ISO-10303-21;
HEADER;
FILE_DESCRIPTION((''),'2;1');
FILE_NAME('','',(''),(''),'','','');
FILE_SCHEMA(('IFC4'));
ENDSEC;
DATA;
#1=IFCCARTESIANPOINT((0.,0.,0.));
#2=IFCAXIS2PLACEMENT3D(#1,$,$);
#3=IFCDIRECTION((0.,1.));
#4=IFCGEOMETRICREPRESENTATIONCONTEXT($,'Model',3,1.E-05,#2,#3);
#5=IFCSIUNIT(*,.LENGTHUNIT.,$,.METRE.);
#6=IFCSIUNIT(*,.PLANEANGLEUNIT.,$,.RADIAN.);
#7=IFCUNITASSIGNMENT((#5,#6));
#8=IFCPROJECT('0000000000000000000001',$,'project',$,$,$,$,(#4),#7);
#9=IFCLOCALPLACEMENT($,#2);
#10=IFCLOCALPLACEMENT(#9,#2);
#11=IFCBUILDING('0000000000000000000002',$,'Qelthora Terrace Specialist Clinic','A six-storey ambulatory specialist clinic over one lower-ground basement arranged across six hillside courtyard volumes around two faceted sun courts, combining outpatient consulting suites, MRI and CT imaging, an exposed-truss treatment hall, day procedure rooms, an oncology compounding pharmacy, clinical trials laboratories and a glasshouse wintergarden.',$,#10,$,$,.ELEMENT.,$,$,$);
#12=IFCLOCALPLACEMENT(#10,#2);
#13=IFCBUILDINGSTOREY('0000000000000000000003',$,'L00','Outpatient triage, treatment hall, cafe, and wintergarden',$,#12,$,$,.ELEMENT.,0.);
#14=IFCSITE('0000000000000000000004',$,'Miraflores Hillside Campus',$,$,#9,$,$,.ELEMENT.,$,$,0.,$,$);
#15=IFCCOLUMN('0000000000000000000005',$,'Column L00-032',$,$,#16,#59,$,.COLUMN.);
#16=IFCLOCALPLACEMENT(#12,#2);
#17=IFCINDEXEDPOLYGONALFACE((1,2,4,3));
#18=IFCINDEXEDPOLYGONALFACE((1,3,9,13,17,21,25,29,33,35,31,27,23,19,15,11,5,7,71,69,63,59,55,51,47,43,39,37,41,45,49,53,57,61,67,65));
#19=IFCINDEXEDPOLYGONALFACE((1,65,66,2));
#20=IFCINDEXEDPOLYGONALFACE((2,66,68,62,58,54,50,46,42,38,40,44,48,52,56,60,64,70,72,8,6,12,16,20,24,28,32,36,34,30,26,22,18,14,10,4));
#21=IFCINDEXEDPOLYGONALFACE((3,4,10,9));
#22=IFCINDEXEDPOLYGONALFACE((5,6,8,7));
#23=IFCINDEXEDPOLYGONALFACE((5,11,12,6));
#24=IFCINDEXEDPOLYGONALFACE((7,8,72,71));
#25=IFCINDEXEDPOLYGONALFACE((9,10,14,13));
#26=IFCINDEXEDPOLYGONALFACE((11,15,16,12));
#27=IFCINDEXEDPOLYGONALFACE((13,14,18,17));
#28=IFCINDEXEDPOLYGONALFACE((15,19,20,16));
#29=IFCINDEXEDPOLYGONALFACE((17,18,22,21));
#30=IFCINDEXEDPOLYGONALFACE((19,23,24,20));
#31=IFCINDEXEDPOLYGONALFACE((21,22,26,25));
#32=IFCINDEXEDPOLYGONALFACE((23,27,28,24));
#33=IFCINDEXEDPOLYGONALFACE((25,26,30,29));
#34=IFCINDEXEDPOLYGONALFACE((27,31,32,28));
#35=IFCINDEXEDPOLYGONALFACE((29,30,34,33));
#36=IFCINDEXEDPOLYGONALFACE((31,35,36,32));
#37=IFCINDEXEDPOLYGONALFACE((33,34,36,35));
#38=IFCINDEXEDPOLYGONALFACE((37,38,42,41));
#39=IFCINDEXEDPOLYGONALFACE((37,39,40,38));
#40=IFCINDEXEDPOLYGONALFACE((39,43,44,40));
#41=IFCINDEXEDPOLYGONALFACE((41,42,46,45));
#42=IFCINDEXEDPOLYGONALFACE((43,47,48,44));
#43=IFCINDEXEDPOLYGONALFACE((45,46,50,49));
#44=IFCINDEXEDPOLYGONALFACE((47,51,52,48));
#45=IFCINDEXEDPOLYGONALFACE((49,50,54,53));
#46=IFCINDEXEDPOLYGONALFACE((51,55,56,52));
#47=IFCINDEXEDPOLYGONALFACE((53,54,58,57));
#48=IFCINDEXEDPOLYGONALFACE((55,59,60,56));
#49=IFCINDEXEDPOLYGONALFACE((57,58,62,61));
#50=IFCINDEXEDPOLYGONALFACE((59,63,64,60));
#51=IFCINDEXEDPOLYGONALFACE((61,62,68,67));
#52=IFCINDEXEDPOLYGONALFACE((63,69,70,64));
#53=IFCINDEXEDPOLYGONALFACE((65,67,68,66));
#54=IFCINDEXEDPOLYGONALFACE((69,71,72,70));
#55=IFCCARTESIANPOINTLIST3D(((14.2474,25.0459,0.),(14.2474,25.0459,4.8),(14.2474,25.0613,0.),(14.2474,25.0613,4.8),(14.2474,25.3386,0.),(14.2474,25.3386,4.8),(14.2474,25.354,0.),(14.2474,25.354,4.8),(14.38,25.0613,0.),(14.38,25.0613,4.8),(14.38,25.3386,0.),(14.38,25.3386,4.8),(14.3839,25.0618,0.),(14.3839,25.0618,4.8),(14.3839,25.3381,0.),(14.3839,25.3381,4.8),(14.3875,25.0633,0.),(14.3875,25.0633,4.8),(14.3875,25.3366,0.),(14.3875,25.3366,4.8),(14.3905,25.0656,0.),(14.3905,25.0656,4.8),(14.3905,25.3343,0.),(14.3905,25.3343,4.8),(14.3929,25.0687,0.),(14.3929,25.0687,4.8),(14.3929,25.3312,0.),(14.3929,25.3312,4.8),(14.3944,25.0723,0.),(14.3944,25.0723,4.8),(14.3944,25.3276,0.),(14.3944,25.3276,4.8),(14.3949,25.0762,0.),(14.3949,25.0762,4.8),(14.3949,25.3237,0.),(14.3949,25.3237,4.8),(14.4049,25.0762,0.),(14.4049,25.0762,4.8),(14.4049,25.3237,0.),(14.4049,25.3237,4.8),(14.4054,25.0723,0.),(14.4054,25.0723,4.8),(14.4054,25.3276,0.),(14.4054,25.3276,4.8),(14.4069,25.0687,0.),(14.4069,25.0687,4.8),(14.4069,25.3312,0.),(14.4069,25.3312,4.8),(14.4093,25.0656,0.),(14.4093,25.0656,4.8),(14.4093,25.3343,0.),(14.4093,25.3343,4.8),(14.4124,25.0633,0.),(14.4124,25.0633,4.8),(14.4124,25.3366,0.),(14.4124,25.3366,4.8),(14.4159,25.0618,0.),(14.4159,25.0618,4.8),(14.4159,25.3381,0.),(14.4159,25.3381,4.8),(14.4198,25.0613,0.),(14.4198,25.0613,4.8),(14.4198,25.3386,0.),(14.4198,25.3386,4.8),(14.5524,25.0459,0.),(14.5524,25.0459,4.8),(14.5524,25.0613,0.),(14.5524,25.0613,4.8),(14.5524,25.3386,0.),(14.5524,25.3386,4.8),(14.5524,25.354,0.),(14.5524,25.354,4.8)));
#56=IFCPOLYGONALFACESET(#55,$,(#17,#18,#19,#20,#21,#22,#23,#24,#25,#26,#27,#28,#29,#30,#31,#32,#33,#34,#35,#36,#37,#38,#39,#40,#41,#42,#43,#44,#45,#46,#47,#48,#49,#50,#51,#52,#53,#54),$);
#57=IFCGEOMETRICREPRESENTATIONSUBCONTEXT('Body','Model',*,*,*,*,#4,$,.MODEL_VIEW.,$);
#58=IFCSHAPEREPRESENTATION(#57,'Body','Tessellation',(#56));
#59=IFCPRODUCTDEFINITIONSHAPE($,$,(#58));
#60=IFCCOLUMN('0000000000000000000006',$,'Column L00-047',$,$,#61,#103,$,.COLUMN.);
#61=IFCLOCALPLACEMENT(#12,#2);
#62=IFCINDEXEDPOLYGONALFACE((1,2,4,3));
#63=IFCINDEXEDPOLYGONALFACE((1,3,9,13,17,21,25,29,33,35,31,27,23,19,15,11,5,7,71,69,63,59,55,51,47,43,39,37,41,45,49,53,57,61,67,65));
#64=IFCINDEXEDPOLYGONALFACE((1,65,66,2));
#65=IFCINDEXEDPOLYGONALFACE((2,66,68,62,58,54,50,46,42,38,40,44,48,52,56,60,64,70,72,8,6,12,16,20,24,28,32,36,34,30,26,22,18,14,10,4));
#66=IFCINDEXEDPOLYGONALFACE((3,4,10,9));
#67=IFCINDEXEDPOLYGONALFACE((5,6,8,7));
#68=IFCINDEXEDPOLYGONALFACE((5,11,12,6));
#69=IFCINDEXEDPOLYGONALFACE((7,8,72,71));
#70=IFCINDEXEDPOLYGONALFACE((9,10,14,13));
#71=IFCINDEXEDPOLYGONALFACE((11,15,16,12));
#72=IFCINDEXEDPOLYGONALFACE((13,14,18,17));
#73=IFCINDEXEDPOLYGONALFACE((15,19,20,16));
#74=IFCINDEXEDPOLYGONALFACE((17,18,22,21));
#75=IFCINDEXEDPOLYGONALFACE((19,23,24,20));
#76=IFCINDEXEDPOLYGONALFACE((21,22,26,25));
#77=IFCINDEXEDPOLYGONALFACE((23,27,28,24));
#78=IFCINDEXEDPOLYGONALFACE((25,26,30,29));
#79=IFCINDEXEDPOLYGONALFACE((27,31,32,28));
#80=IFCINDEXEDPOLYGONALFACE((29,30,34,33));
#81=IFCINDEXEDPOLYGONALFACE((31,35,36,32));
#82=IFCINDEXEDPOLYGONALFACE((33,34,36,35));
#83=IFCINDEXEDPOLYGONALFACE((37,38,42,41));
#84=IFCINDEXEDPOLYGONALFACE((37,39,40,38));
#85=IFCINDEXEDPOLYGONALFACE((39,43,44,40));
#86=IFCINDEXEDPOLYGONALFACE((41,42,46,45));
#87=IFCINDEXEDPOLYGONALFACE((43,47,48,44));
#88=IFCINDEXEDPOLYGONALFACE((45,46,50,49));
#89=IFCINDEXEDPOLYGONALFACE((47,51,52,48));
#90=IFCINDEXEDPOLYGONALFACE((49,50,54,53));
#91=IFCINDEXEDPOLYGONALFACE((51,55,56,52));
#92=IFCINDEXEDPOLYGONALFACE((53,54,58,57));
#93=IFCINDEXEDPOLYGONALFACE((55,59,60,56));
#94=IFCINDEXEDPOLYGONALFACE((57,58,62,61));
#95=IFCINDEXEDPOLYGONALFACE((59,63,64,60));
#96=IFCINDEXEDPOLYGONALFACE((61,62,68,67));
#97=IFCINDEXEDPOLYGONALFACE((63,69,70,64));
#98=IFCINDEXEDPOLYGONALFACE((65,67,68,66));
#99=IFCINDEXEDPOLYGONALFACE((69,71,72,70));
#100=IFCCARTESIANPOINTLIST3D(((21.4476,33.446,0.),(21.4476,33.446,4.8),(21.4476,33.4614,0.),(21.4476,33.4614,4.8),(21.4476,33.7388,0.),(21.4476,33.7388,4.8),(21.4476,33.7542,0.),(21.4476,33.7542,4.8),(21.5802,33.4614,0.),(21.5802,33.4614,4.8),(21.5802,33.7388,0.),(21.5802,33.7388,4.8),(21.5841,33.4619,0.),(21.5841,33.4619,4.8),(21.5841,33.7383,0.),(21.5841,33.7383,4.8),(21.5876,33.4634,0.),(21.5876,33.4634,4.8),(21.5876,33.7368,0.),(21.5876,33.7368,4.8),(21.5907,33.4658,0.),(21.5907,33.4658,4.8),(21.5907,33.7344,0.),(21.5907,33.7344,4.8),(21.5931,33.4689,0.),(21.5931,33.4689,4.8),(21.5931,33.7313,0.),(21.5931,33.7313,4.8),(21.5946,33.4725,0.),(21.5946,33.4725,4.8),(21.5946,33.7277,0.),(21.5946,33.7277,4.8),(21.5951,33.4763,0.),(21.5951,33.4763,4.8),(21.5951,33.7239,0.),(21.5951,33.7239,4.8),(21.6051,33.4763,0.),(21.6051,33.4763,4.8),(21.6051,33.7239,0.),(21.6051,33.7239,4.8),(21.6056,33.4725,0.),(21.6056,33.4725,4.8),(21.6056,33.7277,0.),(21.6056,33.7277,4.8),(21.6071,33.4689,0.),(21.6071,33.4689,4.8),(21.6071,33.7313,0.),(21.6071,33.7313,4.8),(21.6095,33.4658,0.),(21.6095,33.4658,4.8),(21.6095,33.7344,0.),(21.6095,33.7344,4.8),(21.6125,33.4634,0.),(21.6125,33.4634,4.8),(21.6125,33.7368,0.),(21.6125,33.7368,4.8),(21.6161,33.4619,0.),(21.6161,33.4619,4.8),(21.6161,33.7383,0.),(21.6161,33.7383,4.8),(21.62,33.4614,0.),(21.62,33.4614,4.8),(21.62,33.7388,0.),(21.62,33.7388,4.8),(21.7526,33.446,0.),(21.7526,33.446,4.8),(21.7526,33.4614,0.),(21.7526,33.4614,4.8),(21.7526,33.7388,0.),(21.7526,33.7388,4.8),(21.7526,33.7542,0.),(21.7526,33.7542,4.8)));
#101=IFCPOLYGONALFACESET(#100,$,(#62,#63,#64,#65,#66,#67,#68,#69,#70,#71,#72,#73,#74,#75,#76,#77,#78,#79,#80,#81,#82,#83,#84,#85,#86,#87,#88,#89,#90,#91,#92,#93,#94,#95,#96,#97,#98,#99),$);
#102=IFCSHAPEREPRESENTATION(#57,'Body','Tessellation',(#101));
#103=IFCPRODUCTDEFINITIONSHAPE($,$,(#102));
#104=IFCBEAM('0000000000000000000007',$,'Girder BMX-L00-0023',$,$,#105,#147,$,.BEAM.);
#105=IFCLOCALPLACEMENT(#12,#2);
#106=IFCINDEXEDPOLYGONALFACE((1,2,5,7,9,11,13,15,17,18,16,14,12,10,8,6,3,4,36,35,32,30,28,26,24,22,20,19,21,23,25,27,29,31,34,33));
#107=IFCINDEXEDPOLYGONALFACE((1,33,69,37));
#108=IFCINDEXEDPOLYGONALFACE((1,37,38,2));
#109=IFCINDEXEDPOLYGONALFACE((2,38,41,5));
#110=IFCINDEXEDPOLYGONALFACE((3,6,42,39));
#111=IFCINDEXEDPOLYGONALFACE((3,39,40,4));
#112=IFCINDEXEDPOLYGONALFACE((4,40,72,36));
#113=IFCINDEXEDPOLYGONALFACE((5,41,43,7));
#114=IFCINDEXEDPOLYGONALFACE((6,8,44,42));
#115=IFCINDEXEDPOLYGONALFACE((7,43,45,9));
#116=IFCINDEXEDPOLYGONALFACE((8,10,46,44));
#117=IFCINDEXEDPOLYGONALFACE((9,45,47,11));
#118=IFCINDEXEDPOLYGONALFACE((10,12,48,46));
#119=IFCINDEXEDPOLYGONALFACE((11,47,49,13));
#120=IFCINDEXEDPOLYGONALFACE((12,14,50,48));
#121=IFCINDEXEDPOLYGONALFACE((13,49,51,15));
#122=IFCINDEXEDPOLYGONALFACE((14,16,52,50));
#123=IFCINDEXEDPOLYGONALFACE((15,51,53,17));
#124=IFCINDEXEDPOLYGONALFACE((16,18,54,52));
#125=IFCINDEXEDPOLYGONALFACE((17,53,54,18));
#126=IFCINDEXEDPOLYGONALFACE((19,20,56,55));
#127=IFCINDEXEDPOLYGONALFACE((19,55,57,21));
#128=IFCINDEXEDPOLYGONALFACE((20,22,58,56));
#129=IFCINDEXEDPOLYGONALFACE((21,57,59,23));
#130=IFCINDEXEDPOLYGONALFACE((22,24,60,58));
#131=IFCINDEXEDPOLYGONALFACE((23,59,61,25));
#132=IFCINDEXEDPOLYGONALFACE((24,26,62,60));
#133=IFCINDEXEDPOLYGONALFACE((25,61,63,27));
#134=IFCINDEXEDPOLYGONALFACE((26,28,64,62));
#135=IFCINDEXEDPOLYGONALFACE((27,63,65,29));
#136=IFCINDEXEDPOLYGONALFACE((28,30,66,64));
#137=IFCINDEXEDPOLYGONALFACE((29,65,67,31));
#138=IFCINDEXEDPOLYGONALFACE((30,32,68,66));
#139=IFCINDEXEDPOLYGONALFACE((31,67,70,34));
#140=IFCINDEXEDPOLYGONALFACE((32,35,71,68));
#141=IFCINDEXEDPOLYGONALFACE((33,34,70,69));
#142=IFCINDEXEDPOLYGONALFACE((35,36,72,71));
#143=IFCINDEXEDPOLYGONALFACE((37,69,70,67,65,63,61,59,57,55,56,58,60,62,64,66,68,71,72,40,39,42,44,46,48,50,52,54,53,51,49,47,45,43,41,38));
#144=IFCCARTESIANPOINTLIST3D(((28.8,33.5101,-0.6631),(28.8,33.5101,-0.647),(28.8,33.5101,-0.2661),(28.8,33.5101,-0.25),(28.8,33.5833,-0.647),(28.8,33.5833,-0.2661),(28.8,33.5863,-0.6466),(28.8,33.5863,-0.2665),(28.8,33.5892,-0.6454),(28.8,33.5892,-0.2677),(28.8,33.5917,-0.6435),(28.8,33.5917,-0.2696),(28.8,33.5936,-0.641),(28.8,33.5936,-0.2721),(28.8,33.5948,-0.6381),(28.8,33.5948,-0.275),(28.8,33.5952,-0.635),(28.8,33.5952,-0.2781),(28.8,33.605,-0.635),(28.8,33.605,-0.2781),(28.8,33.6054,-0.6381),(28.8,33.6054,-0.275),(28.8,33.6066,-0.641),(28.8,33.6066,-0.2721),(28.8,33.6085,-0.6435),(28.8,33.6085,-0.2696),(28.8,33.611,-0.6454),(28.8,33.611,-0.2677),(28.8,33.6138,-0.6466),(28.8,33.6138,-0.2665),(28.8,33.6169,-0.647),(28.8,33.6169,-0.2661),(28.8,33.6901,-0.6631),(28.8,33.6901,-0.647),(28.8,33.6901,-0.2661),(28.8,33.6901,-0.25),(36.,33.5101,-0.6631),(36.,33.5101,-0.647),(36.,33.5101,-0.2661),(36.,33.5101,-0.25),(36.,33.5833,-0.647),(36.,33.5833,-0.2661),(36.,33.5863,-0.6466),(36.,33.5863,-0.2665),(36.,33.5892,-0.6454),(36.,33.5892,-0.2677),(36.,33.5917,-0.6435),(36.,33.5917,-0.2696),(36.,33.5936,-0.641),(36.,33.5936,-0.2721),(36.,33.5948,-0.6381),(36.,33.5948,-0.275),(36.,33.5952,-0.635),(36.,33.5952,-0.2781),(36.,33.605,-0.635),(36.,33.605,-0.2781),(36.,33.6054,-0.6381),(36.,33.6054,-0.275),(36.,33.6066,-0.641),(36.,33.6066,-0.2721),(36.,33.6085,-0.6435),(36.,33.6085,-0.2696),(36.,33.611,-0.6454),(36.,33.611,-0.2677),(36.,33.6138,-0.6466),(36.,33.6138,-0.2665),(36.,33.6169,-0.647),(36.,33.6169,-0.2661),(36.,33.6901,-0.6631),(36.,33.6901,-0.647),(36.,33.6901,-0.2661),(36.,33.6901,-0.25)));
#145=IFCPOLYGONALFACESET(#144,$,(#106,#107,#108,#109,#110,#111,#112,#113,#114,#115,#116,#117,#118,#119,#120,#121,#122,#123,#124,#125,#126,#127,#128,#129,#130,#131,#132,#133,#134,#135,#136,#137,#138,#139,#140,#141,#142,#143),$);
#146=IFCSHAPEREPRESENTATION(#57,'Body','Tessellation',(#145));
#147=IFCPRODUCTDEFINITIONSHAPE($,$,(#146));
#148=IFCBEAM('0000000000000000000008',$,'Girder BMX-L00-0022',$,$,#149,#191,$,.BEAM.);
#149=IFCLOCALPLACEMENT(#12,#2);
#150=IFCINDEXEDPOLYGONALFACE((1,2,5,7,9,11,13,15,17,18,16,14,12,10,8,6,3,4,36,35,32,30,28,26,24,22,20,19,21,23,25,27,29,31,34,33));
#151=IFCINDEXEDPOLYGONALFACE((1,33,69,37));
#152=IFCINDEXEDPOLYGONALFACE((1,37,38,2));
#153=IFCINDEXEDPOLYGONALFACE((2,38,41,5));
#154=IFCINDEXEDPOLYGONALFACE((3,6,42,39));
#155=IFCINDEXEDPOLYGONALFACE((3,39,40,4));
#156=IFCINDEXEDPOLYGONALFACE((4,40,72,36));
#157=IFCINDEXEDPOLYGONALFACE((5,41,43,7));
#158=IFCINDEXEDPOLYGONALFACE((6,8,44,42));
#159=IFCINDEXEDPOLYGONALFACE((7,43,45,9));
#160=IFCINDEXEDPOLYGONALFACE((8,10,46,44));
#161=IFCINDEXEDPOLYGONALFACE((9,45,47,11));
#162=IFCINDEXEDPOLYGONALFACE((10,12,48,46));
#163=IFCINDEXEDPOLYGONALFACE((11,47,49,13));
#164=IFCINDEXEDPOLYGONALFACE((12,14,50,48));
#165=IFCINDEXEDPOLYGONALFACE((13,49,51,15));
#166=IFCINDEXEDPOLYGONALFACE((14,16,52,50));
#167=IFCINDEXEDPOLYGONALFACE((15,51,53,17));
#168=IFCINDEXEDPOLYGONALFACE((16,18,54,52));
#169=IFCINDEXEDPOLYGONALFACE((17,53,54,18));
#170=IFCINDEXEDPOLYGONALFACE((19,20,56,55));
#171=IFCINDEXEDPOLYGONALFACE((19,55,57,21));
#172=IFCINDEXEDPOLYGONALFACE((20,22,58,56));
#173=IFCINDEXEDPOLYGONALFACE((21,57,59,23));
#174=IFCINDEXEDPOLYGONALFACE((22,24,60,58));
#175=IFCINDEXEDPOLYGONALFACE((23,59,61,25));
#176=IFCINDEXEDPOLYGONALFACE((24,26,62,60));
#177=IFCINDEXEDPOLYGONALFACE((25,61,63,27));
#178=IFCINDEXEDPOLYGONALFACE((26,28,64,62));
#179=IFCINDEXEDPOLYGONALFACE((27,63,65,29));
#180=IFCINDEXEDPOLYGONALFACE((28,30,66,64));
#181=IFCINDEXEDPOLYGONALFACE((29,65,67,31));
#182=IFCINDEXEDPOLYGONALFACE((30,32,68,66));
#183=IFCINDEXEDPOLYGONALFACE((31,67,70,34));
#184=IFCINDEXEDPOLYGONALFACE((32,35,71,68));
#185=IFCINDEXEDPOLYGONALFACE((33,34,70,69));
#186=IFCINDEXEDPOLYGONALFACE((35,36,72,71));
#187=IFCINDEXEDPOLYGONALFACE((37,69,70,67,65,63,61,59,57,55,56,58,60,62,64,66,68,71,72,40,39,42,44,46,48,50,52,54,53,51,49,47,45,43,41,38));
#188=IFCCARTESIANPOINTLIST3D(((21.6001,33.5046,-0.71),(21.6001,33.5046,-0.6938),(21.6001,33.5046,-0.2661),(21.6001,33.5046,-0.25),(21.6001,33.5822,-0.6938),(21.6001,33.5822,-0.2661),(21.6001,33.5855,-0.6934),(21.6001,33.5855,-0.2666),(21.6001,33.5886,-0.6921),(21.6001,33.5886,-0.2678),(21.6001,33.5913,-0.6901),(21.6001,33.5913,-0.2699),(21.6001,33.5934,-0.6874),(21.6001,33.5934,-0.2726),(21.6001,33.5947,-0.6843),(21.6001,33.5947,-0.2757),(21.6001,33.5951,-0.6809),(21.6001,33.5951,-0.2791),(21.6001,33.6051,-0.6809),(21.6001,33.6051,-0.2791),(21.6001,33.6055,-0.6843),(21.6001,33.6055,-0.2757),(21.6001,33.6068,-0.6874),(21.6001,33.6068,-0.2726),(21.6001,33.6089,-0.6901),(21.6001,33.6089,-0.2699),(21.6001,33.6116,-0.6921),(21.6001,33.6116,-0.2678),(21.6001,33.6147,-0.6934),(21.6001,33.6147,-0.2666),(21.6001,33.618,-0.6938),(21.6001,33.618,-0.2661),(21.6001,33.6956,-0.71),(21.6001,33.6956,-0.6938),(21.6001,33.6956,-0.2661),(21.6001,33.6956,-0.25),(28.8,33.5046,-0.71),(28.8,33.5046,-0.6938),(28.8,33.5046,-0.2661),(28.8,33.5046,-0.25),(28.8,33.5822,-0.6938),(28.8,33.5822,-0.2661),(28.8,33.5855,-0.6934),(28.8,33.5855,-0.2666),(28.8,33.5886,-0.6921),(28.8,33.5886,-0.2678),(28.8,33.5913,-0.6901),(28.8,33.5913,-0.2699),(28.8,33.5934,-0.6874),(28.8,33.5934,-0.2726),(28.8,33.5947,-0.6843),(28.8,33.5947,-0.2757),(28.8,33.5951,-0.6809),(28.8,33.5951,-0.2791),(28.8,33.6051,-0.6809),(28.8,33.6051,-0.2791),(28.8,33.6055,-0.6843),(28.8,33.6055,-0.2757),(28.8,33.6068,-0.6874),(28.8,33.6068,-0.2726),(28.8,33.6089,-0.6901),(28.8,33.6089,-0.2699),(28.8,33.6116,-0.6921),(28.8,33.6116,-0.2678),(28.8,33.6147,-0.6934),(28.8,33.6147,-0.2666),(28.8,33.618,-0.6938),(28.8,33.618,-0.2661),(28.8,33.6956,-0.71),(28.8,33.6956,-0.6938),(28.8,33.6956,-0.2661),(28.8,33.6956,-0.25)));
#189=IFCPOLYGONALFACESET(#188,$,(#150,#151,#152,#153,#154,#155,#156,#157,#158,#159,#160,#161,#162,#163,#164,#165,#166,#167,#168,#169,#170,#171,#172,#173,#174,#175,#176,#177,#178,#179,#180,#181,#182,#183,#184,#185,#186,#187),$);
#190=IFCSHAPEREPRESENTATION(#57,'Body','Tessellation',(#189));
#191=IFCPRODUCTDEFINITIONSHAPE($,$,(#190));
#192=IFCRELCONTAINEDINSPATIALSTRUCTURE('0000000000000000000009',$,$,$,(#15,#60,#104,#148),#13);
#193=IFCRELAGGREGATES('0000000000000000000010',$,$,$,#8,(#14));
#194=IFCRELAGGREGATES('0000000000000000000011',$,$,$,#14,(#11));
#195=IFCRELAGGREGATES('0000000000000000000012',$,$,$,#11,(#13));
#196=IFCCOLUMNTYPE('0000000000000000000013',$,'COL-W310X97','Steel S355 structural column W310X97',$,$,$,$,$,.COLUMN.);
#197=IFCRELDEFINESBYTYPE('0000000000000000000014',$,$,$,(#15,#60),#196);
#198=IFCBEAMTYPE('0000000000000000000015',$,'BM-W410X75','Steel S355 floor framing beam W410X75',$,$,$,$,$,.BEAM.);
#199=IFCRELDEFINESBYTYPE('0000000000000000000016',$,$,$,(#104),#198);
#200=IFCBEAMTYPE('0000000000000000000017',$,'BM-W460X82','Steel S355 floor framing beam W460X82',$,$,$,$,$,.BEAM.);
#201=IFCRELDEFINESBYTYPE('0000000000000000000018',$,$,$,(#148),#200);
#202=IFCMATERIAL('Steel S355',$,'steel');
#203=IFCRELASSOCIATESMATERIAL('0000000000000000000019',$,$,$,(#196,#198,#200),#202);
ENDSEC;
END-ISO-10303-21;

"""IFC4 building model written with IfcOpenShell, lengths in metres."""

from ifc_helpers import new_model, si_unit, direction, frame, origin, origin_2d, place, context, subcontext, project, spatial, i_section, extrude, material, material_profile, profile_set, type_object, element, save


model = new_model("IFC4")

# Units and contexts
model_context = context("Model", 3, precision=1e-05, world=origin(), true_north=direction((0.0, 1.0)))
body_context = subcontext(model_context, "Body", "Model", "MODEL_VIEW")
ifc_project = project(units=[si_unit("LENGTHUNIT", "METRE"), si_unit("PLANEANGLEUNIT", "RADIAN")], contexts=[model_context])

# Site, building, storey
site_placement = place(None, origin())
site = spatial("IfcSite", under=ifc_project, at=site_placement, Name="Miraflores Hillside Campus", CompositionType="ELEMENT", RefElevation=0.0)
building_placement = place(site_placement, origin())
building = spatial("IfcBuilding", under=site, at=building_placement, Name="Qelthora Terrace Specialist Clinic", Description="A six-storey ambulatory specialist clinic over one lower-ground basement arranged across six hillside courtyard volumes around two faceted sun courts, combining outpatient consulting suites, MRI and CT imaging, an exposed-truss treatment hall, day procedure rooms, an oncology compounding pharmacy, clinical trials laboratories and a glasshouse wintergarden.", CompositionType="ELEMENT")
storey_placement = place(building_placement, origin())
storey = spatial("IfcBuildingStorey", under=building, at=storey_placement, Name="L00", Description="Outpatient triage, treatment hall, cafe, and wintergarden", CompositionType="ELEMENT", Elevation=0.0)

# Columns
ifc_material_1 = material(Name="Steel S355", Category="steel")
ifc_material_profile_1 = material_profile(ifc_material_1, i_section(OverallWidth=0.3049, OverallDepth=0.3081, WebThickness=0.01, FlangeThickness=0.0154, FilletRadius=0.0149, at=origin_2d()), Name="W310X97")
ifc_profile_set_1 = profile_set([ifc_material_profile_1], Name="Steel S355")
column_type_1 = type_object("IfcColumnType", Name="COL-W310X97", Description="Steel S355 structural column W310X97", PredefinedType="COLUMN", material=ifc_profile_set_1)
for number, where, z_axis, x_axis, name in (
    (1, (14.3999, 25.2, 0.0), (0.0, 0.0, 1.0), (1.0, 0.0, 0.0), "Column L00-032"),
    (2, (21.6001, 33.6001, 0.0), (0.0, 0.0, 1.0), (1.0, 0.0, 0.0), "Column L00-047"),
):
    element("IfcColumn", number, at=place(storey_placement, frame(where, z_axis=z_axis, x_axis=x_axis)), inside=storey, type_object=column_type_1, Name=name, PredefinedType="COLUMN", context=body_context, shape_type="SweptSolid", body=[
        extrude(i_section(OverallWidth=0.3049, OverallDepth=0.3081, WebThickness=0.01, FlangeThickness=0.0154, FilletRadius=0.0149, at=origin_2d()), origin(), (0.0, 0.0, 1.0), 4.8),
    ])

# Beams
ifc_material_profile_2 = material_profile(ifc_material_1, i_section(OverallWidth=0.1799, OverallDepth=0.4131, WebThickness=0.0098, FlangeThickness=0.0161, FilletRadius=0.012, at=origin_2d()), Name="W410X75")
ifc_profile_set_2 = profile_set([ifc_material_profile_2], Name="Steel S355")
beam_type_1 = type_object("IfcBeamType", Name="BM-W410X75", Description="Steel S355 floor framing beam W410X75", PredefinedType="BEAM", material=ifc_profile_set_2)
beam_1_placement = place(storey_placement, frame((28.8, 33.6001, -0.4565), z_axis=(1.0, 0.0, 0.0), x_axis=(0.0, 1.0, 0.0)))
element("IfcBeam", 3, at=beam_1_placement, inside=storey, type_object=beam_type_1, Name="Girder BMX-L00-0023", PredefinedType="BEAM", context=body_context, shape_type="SweptSolid", body=[
    extrude(i_section(OverallWidth=0.1799, OverallDepth=0.4131, WebThickness=0.0098, FlangeThickness=0.0161, FilletRadius=0.012, at=origin_2d()), origin(), (0.0, 0.0, 1.0), 7.2),
])
ifc_material_profile_3 = material_profile(ifc_material_1, i_section(OverallWidth=0.1909, OverallDepth=0.46, WebThickness=0.01, FlangeThickness=0.0161, FilletRadius=0.0129, at=origin_2d()), Name="W460X82")
ifc_profile_set_3 = profile_set([ifc_material_profile_3], Name="Steel S355")
beam_type_2 = type_object("IfcBeamType", Name="BM-W460X82", Description="Steel S355 floor framing beam W460X82", PredefinedType="BEAM", material=ifc_profile_set_3)
beam_2_placement = place(storey_placement, frame((21.6001, 33.6001, -0.48), z_axis=(1.0, 0.0, 0.0), x_axis=(0.0, 1.0, 0.0)))
element("IfcBeam", 4, at=beam_2_placement, inside=storey, type_object=beam_type_2, Name="Girder BMX-L00-0022", PredefinedType="BEAM", context=body_context, shape_type="SweptSolid", body=[
    extrude(i_section(OverallWidth=0.1909, OverallDepth=0.46, WebThickness=0.01, FlangeThickness=0.0161, FilletRadius=0.0129, at=origin_2d()), origin(), (0.0, 0.0, 1.0), 7.2),
])

save(model, "model.ifc")
